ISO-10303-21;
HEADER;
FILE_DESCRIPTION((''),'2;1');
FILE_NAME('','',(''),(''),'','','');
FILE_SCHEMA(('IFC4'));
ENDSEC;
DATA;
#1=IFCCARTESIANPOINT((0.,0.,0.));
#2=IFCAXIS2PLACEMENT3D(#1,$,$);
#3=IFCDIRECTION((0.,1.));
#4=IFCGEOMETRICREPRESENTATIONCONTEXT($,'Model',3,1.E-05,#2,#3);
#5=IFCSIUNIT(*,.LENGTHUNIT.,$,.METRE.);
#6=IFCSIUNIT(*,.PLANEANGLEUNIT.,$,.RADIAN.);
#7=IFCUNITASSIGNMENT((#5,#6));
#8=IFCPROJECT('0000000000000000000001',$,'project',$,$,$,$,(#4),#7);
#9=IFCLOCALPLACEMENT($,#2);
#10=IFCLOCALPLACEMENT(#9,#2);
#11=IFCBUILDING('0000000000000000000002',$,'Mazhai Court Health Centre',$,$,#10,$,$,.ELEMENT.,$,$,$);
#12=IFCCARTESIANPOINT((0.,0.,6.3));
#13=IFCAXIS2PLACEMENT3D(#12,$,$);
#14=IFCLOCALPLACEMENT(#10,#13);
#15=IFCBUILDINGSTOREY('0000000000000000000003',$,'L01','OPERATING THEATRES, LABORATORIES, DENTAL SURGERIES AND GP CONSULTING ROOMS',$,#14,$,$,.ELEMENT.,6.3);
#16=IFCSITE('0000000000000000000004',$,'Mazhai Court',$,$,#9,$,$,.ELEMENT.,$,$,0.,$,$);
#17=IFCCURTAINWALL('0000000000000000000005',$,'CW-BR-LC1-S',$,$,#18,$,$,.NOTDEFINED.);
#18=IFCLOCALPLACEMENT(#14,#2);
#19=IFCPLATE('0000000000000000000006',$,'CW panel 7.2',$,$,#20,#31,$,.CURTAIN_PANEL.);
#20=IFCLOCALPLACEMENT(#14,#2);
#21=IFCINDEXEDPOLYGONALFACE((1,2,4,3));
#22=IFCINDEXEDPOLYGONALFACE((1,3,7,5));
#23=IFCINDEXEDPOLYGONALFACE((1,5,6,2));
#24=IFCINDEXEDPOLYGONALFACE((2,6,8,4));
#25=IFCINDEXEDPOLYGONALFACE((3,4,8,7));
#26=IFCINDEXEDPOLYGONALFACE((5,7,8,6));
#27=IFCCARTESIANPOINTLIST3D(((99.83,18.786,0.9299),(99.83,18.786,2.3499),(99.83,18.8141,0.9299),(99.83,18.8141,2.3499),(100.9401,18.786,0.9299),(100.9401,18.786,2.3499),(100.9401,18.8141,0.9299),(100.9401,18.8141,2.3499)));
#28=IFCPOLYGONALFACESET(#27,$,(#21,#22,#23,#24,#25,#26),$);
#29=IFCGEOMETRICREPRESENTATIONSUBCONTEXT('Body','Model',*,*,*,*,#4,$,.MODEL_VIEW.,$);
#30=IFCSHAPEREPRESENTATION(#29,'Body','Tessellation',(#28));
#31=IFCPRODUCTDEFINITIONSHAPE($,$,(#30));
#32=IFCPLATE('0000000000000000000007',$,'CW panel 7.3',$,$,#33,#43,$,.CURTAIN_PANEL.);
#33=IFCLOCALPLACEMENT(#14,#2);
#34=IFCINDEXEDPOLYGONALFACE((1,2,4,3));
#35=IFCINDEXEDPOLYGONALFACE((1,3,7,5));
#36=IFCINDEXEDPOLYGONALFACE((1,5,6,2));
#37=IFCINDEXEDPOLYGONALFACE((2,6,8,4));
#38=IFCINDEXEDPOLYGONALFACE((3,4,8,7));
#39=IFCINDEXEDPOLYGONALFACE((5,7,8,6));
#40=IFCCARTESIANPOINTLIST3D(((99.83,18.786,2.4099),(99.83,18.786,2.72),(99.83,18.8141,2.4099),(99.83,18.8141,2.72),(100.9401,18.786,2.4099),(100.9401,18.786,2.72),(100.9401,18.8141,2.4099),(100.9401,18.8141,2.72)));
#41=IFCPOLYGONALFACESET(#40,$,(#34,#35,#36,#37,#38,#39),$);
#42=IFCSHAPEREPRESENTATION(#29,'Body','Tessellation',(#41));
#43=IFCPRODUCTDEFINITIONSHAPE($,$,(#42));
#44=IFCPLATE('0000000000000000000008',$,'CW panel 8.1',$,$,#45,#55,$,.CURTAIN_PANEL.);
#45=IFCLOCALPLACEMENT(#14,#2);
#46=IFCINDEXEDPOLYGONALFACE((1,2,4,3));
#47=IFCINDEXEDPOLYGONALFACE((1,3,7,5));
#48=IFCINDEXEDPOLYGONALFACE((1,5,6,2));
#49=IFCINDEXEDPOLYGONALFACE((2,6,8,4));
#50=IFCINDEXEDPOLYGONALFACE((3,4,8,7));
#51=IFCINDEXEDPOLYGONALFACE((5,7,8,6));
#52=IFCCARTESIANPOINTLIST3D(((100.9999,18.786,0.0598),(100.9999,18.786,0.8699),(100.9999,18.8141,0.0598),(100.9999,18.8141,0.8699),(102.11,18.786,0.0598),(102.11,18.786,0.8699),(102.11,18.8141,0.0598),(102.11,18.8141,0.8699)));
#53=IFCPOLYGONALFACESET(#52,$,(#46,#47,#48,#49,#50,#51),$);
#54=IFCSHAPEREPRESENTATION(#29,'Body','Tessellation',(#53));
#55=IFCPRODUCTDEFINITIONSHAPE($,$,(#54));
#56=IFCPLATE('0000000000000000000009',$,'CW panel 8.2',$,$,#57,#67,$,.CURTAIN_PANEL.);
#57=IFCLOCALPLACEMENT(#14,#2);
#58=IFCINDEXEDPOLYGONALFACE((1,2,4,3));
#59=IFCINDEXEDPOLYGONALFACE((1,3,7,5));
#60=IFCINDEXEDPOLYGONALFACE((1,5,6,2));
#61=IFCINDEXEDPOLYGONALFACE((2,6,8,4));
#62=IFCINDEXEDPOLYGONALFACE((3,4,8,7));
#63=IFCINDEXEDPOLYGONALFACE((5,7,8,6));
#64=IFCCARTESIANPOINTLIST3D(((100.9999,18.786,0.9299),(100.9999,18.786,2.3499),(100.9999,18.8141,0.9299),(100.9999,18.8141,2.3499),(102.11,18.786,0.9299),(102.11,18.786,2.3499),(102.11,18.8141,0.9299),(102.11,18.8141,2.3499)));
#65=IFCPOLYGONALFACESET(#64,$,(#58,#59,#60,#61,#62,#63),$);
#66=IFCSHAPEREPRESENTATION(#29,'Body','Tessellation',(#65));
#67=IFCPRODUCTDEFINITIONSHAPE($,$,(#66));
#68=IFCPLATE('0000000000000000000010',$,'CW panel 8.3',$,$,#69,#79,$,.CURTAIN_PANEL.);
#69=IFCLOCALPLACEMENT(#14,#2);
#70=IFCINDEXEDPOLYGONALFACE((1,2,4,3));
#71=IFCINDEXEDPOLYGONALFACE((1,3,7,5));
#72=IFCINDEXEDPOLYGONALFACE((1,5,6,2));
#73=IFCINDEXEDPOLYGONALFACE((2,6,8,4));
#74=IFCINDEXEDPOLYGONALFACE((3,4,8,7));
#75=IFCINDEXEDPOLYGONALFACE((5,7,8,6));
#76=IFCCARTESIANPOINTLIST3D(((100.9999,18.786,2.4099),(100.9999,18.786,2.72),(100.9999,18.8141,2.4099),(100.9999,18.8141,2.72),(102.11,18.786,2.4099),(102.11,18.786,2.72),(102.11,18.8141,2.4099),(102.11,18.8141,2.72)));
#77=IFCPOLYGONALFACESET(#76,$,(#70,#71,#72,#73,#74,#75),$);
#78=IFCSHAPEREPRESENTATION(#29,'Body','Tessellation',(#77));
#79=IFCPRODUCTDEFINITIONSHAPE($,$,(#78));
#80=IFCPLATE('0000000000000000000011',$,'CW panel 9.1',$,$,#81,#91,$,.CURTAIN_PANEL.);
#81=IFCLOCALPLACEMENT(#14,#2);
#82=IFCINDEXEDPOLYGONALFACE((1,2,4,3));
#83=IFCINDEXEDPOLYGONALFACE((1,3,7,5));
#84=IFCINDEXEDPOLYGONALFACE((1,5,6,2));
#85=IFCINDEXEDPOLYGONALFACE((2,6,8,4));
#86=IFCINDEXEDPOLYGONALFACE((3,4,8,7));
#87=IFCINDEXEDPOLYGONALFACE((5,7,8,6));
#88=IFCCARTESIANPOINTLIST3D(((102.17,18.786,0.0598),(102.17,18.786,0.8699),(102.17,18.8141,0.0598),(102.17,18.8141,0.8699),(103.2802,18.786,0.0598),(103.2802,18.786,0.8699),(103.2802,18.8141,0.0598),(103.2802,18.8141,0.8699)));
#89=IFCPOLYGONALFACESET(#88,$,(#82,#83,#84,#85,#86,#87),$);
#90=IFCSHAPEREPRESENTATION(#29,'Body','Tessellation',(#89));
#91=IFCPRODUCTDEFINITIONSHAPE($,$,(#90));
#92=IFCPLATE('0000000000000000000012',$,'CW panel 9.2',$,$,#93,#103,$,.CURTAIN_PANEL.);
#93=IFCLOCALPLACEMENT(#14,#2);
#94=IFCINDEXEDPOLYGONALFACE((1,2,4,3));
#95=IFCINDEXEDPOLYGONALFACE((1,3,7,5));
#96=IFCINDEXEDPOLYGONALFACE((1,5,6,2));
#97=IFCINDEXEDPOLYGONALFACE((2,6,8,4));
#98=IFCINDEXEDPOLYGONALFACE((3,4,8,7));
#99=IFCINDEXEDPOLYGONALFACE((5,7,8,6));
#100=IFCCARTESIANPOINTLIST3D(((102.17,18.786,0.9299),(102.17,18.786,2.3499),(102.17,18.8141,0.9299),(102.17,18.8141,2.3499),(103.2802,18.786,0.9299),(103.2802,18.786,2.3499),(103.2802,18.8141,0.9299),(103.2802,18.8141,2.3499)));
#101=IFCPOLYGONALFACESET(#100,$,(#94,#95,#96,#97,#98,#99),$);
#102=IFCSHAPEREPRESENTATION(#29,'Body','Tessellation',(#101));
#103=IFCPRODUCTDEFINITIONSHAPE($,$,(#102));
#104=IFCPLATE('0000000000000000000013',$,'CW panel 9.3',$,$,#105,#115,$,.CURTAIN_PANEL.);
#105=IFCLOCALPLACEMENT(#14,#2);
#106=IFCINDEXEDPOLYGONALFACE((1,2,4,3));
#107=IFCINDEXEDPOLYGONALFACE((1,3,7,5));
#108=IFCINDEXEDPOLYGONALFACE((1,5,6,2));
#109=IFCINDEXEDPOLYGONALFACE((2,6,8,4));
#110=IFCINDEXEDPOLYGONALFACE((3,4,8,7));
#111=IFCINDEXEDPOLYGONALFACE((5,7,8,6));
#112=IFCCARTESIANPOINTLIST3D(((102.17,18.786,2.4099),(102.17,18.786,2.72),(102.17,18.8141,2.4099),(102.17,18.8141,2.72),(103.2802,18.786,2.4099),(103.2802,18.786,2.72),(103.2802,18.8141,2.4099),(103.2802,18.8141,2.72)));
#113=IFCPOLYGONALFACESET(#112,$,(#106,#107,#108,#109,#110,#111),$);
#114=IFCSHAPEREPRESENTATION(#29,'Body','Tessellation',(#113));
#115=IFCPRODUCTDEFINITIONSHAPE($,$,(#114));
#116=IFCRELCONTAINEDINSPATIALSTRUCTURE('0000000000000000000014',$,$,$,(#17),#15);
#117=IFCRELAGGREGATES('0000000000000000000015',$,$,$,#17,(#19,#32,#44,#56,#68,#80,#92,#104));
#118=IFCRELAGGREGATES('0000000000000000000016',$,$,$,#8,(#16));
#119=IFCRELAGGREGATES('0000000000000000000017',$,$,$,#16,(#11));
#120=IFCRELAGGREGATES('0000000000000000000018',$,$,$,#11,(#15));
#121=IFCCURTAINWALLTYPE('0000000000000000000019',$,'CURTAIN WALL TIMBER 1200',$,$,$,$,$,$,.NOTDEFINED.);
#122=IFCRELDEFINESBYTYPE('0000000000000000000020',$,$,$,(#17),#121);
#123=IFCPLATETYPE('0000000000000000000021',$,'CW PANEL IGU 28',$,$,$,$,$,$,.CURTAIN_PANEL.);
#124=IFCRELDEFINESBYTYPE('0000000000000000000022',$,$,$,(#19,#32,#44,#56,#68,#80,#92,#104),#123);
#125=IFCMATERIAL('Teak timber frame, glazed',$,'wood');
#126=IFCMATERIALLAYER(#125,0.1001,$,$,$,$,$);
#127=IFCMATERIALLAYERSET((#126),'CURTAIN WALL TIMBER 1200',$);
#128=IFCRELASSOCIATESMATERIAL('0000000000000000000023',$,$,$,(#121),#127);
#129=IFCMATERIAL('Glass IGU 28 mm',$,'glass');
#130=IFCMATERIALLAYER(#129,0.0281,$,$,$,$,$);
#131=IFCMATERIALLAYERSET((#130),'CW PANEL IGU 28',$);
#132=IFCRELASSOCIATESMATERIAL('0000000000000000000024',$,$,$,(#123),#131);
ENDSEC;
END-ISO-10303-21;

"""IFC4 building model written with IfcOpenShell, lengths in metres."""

from ifc_helpers import new_model, si_unit, direction, frame, origin, origin_2d, place, context, subcontext, project, spatial, rectangle, extrude, material, layer, layer_set, type_object, element, aggregate, save


model = new_model("IFC4")

# Units and contexts
model_context = context("Model", 3, precision=1e-05, world=origin(), true_north=direction((0.0, 1.0)))
body_context = subcontext(model_context, "Body", "Model", "MODEL_VIEW")
ifc_project = project(units=[si_unit("LENGTHUNIT", "METRE"), si_unit("PLANEANGLEUNIT", "RADIAN")], contexts=[model_context])

# Site, building, storey
site_placement = place(None, origin())
site = spatial("IfcSite", under=ifc_project, at=site_placement, Name="Mazhai Court", CompositionType="ELEMENT", RefElevation=0.0)
building_placement = place(site_placement, origin())
building = spatial("IfcBuilding", under=site, at=building_placement, Name="Mazhai Court Health Centre", CompositionType="ELEMENT")
storey_placement = place(building_placement, frame((0.0, 0.0, 6.3)))
storey = spatial("IfcBuildingStorey", under=building, at=storey_placement, Name="L01", Description="OPERATING THEATRES, LABORATORIES, DENTAL SURGERIES AND GP CONSULTING ROOMS", CompositionType="ELEMENT", Elevation=6.3)

# Curtain wall, plates
ifc_material_1 = material(Name="Teak timber frame, glazed", Category="wood")
ifc_layer_1 = layer(ifc_material_1, 0.1001)
ifc_layer_set_1 = layer_set([ifc_layer_1], Name="CURTAIN WALL TIMBER 1200")
curtain_wall_type = type_object("IfcCurtainWallType", Name="CURTAIN WALL TIMBER 1200", PredefinedType="NOTDEFINED", material=ifc_layer_set_1)
curtain_wall_placement = place(storey_placement, origin())
curtain_wall = element("IfcCurtainWall", 1, at=curtain_wall_placement, inside=storey, type_object=curtain_wall_type, Name="CW-BR-LC1-S", PredefinedType="NOTDEFINED")
ifc_material_2 = material(Name="Glass IGU 28 mm", Category="glass")
ifc_layer_2 = layer(ifc_material_2, 0.0281)
ifc_layer_set_2 = layer_set([ifc_layer_2], Name="CW PANEL IGU 28")
plate_type = type_object("IfcPlateType", Name="CW PANEL IGU 28", PredefinedType="CURTAIN_PANEL", material=ifc_layer_set_2)
plate_1_placement = place(storey_placement, frame((100.385, 18.8, 0.9299), z_axis=(0.0, 0.0, 1.0), x_axis=(1.0, 0.0, 0.0)))
plate_1 = element("IfcPlate", 2, at=plate_1_placement, type_object=plate_type, Name="CW panel 7.2", PredefinedType="CURTAIN_PANEL", context=body_context, shape_type="SweptSolid", body=[
    extrude(rectangle(XDim=1.1101, YDim=0.0281, at=origin_2d()), origin(), (0.0, 0.0, 1.0), 1.4199),
])
plate_2_placement = place(storey_placement, frame((100.385, 18.8, 2.4099), z_axis=(0.0, 0.0, 1.0), x_axis=(1.0, 0.0, 0.0)))
plate_2 = element("IfcPlate", 3, at=plate_2_placement, type_object=plate_type, Name="CW panel 7.3", PredefinedType="CURTAIN_PANEL", context=body_context, shape_type="SweptSolid", body=[
    extrude(rectangle(XDim=1.1101, YDim=0.0281, at=origin_2d()), origin(), (0.0, 0.0, 1.0), 0.3101),
])
plate_3_placement = place(storey_placement, frame((101.5549, 18.8, 0.0598), z_axis=(0.0, 0.0, 1.0), x_axis=(1.0, 0.0, 0.0)))
plate_3 = element("IfcPlate", 4, at=plate_3_placement, type_object=plate_type, Name="CW panel 8.1", PredefinedType="CURTAIN_PANEL", context=body_context, shape_type="SweptSolid", body=[
    extrude(rectangle(XDim=1.1101, YDim=0.0281, at=origin_2d()), origin(), (0.0, 0.0, 1.0), 0.8101),
])
plate_4_placement = place(storey_placement, frame((101.5549, 18.8, 0.9299), z_axis=(0.0, 0.0, 1.0), x_axis=(1.0, 0.0, 0.0)))
plate_4 = element("IfcPlate", 5, at=plate_4_placement, type_object=plate_type, Name="CW panel 8.2", PredefinedType="CURTAIN_PANEL", context=body_context, shape_type="SweptSolid", body=[
    extrude(rectangle(XDim=1.1101, YDim=0.0281, at=origin_2d()), origin(), (0.0, 0.0, 1.0), 1.4199),
])
plate_5_placement = place(storey_placement, frame((101.5549, 18.8, 2.4099), z_axis=(0.0, 0.0, 1.0), x_axis=(1.0, 0.0, 0.0)))
plate_5 = element("IfcPlate", 6, at=plate_5_placement, type_object=plate_type, Name="CW panel 8.3", PredefinedType="CURTAIN_PANEL", context=body_context, shape_type="SweptSolid", body=[
    extrude(rectangle(XDim=1.1101, YDim=0.0281, at=origin_2d()), origin(), (0.0, 0.0, 1.0), 0.3101),
])
plate_6_placement = place(storey_placement, frame((102.7251, 18.8, 0.0598), z_axis=(0.0, 0.0, 1.0), x_axis=(1.0, 0.0, 0.0)))
plate_6 = element("IfcPlate", 7, at=plate_6_placement, type_object=plate_type, Name="CW panel 9.1", PredefinedType="CURTAIN_PANEL", context=body_context, shape_type="SweptSolid", body=[
    extrude(rectangle(XDim=1.1101, YDim=0.0281, at=origin_2d()), origin(), (0.0, 0.0, 1.0), 0.8101),
])
plate_7_placement = place(storey_placement, frame((102.7251, 18.8, 0.9299), z_axis=(0.0, 0.0, 1.0), x_axis=(1.0, 0.0, 0.0)))
plate_7 = element("IfcPlate", 8, at=plate_7_placement, type_object=plate_type, Name="CW panel 9.2", PredefinedType="CURTAIN_PANEL", context=body_context, shape_type="SweptSolid", body=[
    extrude(rectangle(XDim=1.1101, YDim=0.0281, at=origin_2d()), origin(), (0.0, 0.0, 1.0), 1.4199),
])
plate_8_placement = place(storey_placement, frame((102.7251, 18.8, 2.4099), z_axis=(0.0, 0.0, 1.0), x_axis=(1.0, 0.0, 0.0)))
plate_8 = element("IfcPlate", 9, at=plate_8_placement, type_object=plate_type, Name="CW panel 9.3", PredefinedType="CURTAIN_PANEL", context=body_context, shape_type="SweptSolid", body=[
    extrude(rectangle(XDim=1.1101, YDim=0.0281, at=origin_2d()), origin(), (0.0, 0.0, 1.0), 0.3101),
])
aggregate(curtain_wall, [plate_1, plate_2, plate_3, plate_4, plate_5, plate_6, plate_7, plate_8])

save(model, "model.ifc")
